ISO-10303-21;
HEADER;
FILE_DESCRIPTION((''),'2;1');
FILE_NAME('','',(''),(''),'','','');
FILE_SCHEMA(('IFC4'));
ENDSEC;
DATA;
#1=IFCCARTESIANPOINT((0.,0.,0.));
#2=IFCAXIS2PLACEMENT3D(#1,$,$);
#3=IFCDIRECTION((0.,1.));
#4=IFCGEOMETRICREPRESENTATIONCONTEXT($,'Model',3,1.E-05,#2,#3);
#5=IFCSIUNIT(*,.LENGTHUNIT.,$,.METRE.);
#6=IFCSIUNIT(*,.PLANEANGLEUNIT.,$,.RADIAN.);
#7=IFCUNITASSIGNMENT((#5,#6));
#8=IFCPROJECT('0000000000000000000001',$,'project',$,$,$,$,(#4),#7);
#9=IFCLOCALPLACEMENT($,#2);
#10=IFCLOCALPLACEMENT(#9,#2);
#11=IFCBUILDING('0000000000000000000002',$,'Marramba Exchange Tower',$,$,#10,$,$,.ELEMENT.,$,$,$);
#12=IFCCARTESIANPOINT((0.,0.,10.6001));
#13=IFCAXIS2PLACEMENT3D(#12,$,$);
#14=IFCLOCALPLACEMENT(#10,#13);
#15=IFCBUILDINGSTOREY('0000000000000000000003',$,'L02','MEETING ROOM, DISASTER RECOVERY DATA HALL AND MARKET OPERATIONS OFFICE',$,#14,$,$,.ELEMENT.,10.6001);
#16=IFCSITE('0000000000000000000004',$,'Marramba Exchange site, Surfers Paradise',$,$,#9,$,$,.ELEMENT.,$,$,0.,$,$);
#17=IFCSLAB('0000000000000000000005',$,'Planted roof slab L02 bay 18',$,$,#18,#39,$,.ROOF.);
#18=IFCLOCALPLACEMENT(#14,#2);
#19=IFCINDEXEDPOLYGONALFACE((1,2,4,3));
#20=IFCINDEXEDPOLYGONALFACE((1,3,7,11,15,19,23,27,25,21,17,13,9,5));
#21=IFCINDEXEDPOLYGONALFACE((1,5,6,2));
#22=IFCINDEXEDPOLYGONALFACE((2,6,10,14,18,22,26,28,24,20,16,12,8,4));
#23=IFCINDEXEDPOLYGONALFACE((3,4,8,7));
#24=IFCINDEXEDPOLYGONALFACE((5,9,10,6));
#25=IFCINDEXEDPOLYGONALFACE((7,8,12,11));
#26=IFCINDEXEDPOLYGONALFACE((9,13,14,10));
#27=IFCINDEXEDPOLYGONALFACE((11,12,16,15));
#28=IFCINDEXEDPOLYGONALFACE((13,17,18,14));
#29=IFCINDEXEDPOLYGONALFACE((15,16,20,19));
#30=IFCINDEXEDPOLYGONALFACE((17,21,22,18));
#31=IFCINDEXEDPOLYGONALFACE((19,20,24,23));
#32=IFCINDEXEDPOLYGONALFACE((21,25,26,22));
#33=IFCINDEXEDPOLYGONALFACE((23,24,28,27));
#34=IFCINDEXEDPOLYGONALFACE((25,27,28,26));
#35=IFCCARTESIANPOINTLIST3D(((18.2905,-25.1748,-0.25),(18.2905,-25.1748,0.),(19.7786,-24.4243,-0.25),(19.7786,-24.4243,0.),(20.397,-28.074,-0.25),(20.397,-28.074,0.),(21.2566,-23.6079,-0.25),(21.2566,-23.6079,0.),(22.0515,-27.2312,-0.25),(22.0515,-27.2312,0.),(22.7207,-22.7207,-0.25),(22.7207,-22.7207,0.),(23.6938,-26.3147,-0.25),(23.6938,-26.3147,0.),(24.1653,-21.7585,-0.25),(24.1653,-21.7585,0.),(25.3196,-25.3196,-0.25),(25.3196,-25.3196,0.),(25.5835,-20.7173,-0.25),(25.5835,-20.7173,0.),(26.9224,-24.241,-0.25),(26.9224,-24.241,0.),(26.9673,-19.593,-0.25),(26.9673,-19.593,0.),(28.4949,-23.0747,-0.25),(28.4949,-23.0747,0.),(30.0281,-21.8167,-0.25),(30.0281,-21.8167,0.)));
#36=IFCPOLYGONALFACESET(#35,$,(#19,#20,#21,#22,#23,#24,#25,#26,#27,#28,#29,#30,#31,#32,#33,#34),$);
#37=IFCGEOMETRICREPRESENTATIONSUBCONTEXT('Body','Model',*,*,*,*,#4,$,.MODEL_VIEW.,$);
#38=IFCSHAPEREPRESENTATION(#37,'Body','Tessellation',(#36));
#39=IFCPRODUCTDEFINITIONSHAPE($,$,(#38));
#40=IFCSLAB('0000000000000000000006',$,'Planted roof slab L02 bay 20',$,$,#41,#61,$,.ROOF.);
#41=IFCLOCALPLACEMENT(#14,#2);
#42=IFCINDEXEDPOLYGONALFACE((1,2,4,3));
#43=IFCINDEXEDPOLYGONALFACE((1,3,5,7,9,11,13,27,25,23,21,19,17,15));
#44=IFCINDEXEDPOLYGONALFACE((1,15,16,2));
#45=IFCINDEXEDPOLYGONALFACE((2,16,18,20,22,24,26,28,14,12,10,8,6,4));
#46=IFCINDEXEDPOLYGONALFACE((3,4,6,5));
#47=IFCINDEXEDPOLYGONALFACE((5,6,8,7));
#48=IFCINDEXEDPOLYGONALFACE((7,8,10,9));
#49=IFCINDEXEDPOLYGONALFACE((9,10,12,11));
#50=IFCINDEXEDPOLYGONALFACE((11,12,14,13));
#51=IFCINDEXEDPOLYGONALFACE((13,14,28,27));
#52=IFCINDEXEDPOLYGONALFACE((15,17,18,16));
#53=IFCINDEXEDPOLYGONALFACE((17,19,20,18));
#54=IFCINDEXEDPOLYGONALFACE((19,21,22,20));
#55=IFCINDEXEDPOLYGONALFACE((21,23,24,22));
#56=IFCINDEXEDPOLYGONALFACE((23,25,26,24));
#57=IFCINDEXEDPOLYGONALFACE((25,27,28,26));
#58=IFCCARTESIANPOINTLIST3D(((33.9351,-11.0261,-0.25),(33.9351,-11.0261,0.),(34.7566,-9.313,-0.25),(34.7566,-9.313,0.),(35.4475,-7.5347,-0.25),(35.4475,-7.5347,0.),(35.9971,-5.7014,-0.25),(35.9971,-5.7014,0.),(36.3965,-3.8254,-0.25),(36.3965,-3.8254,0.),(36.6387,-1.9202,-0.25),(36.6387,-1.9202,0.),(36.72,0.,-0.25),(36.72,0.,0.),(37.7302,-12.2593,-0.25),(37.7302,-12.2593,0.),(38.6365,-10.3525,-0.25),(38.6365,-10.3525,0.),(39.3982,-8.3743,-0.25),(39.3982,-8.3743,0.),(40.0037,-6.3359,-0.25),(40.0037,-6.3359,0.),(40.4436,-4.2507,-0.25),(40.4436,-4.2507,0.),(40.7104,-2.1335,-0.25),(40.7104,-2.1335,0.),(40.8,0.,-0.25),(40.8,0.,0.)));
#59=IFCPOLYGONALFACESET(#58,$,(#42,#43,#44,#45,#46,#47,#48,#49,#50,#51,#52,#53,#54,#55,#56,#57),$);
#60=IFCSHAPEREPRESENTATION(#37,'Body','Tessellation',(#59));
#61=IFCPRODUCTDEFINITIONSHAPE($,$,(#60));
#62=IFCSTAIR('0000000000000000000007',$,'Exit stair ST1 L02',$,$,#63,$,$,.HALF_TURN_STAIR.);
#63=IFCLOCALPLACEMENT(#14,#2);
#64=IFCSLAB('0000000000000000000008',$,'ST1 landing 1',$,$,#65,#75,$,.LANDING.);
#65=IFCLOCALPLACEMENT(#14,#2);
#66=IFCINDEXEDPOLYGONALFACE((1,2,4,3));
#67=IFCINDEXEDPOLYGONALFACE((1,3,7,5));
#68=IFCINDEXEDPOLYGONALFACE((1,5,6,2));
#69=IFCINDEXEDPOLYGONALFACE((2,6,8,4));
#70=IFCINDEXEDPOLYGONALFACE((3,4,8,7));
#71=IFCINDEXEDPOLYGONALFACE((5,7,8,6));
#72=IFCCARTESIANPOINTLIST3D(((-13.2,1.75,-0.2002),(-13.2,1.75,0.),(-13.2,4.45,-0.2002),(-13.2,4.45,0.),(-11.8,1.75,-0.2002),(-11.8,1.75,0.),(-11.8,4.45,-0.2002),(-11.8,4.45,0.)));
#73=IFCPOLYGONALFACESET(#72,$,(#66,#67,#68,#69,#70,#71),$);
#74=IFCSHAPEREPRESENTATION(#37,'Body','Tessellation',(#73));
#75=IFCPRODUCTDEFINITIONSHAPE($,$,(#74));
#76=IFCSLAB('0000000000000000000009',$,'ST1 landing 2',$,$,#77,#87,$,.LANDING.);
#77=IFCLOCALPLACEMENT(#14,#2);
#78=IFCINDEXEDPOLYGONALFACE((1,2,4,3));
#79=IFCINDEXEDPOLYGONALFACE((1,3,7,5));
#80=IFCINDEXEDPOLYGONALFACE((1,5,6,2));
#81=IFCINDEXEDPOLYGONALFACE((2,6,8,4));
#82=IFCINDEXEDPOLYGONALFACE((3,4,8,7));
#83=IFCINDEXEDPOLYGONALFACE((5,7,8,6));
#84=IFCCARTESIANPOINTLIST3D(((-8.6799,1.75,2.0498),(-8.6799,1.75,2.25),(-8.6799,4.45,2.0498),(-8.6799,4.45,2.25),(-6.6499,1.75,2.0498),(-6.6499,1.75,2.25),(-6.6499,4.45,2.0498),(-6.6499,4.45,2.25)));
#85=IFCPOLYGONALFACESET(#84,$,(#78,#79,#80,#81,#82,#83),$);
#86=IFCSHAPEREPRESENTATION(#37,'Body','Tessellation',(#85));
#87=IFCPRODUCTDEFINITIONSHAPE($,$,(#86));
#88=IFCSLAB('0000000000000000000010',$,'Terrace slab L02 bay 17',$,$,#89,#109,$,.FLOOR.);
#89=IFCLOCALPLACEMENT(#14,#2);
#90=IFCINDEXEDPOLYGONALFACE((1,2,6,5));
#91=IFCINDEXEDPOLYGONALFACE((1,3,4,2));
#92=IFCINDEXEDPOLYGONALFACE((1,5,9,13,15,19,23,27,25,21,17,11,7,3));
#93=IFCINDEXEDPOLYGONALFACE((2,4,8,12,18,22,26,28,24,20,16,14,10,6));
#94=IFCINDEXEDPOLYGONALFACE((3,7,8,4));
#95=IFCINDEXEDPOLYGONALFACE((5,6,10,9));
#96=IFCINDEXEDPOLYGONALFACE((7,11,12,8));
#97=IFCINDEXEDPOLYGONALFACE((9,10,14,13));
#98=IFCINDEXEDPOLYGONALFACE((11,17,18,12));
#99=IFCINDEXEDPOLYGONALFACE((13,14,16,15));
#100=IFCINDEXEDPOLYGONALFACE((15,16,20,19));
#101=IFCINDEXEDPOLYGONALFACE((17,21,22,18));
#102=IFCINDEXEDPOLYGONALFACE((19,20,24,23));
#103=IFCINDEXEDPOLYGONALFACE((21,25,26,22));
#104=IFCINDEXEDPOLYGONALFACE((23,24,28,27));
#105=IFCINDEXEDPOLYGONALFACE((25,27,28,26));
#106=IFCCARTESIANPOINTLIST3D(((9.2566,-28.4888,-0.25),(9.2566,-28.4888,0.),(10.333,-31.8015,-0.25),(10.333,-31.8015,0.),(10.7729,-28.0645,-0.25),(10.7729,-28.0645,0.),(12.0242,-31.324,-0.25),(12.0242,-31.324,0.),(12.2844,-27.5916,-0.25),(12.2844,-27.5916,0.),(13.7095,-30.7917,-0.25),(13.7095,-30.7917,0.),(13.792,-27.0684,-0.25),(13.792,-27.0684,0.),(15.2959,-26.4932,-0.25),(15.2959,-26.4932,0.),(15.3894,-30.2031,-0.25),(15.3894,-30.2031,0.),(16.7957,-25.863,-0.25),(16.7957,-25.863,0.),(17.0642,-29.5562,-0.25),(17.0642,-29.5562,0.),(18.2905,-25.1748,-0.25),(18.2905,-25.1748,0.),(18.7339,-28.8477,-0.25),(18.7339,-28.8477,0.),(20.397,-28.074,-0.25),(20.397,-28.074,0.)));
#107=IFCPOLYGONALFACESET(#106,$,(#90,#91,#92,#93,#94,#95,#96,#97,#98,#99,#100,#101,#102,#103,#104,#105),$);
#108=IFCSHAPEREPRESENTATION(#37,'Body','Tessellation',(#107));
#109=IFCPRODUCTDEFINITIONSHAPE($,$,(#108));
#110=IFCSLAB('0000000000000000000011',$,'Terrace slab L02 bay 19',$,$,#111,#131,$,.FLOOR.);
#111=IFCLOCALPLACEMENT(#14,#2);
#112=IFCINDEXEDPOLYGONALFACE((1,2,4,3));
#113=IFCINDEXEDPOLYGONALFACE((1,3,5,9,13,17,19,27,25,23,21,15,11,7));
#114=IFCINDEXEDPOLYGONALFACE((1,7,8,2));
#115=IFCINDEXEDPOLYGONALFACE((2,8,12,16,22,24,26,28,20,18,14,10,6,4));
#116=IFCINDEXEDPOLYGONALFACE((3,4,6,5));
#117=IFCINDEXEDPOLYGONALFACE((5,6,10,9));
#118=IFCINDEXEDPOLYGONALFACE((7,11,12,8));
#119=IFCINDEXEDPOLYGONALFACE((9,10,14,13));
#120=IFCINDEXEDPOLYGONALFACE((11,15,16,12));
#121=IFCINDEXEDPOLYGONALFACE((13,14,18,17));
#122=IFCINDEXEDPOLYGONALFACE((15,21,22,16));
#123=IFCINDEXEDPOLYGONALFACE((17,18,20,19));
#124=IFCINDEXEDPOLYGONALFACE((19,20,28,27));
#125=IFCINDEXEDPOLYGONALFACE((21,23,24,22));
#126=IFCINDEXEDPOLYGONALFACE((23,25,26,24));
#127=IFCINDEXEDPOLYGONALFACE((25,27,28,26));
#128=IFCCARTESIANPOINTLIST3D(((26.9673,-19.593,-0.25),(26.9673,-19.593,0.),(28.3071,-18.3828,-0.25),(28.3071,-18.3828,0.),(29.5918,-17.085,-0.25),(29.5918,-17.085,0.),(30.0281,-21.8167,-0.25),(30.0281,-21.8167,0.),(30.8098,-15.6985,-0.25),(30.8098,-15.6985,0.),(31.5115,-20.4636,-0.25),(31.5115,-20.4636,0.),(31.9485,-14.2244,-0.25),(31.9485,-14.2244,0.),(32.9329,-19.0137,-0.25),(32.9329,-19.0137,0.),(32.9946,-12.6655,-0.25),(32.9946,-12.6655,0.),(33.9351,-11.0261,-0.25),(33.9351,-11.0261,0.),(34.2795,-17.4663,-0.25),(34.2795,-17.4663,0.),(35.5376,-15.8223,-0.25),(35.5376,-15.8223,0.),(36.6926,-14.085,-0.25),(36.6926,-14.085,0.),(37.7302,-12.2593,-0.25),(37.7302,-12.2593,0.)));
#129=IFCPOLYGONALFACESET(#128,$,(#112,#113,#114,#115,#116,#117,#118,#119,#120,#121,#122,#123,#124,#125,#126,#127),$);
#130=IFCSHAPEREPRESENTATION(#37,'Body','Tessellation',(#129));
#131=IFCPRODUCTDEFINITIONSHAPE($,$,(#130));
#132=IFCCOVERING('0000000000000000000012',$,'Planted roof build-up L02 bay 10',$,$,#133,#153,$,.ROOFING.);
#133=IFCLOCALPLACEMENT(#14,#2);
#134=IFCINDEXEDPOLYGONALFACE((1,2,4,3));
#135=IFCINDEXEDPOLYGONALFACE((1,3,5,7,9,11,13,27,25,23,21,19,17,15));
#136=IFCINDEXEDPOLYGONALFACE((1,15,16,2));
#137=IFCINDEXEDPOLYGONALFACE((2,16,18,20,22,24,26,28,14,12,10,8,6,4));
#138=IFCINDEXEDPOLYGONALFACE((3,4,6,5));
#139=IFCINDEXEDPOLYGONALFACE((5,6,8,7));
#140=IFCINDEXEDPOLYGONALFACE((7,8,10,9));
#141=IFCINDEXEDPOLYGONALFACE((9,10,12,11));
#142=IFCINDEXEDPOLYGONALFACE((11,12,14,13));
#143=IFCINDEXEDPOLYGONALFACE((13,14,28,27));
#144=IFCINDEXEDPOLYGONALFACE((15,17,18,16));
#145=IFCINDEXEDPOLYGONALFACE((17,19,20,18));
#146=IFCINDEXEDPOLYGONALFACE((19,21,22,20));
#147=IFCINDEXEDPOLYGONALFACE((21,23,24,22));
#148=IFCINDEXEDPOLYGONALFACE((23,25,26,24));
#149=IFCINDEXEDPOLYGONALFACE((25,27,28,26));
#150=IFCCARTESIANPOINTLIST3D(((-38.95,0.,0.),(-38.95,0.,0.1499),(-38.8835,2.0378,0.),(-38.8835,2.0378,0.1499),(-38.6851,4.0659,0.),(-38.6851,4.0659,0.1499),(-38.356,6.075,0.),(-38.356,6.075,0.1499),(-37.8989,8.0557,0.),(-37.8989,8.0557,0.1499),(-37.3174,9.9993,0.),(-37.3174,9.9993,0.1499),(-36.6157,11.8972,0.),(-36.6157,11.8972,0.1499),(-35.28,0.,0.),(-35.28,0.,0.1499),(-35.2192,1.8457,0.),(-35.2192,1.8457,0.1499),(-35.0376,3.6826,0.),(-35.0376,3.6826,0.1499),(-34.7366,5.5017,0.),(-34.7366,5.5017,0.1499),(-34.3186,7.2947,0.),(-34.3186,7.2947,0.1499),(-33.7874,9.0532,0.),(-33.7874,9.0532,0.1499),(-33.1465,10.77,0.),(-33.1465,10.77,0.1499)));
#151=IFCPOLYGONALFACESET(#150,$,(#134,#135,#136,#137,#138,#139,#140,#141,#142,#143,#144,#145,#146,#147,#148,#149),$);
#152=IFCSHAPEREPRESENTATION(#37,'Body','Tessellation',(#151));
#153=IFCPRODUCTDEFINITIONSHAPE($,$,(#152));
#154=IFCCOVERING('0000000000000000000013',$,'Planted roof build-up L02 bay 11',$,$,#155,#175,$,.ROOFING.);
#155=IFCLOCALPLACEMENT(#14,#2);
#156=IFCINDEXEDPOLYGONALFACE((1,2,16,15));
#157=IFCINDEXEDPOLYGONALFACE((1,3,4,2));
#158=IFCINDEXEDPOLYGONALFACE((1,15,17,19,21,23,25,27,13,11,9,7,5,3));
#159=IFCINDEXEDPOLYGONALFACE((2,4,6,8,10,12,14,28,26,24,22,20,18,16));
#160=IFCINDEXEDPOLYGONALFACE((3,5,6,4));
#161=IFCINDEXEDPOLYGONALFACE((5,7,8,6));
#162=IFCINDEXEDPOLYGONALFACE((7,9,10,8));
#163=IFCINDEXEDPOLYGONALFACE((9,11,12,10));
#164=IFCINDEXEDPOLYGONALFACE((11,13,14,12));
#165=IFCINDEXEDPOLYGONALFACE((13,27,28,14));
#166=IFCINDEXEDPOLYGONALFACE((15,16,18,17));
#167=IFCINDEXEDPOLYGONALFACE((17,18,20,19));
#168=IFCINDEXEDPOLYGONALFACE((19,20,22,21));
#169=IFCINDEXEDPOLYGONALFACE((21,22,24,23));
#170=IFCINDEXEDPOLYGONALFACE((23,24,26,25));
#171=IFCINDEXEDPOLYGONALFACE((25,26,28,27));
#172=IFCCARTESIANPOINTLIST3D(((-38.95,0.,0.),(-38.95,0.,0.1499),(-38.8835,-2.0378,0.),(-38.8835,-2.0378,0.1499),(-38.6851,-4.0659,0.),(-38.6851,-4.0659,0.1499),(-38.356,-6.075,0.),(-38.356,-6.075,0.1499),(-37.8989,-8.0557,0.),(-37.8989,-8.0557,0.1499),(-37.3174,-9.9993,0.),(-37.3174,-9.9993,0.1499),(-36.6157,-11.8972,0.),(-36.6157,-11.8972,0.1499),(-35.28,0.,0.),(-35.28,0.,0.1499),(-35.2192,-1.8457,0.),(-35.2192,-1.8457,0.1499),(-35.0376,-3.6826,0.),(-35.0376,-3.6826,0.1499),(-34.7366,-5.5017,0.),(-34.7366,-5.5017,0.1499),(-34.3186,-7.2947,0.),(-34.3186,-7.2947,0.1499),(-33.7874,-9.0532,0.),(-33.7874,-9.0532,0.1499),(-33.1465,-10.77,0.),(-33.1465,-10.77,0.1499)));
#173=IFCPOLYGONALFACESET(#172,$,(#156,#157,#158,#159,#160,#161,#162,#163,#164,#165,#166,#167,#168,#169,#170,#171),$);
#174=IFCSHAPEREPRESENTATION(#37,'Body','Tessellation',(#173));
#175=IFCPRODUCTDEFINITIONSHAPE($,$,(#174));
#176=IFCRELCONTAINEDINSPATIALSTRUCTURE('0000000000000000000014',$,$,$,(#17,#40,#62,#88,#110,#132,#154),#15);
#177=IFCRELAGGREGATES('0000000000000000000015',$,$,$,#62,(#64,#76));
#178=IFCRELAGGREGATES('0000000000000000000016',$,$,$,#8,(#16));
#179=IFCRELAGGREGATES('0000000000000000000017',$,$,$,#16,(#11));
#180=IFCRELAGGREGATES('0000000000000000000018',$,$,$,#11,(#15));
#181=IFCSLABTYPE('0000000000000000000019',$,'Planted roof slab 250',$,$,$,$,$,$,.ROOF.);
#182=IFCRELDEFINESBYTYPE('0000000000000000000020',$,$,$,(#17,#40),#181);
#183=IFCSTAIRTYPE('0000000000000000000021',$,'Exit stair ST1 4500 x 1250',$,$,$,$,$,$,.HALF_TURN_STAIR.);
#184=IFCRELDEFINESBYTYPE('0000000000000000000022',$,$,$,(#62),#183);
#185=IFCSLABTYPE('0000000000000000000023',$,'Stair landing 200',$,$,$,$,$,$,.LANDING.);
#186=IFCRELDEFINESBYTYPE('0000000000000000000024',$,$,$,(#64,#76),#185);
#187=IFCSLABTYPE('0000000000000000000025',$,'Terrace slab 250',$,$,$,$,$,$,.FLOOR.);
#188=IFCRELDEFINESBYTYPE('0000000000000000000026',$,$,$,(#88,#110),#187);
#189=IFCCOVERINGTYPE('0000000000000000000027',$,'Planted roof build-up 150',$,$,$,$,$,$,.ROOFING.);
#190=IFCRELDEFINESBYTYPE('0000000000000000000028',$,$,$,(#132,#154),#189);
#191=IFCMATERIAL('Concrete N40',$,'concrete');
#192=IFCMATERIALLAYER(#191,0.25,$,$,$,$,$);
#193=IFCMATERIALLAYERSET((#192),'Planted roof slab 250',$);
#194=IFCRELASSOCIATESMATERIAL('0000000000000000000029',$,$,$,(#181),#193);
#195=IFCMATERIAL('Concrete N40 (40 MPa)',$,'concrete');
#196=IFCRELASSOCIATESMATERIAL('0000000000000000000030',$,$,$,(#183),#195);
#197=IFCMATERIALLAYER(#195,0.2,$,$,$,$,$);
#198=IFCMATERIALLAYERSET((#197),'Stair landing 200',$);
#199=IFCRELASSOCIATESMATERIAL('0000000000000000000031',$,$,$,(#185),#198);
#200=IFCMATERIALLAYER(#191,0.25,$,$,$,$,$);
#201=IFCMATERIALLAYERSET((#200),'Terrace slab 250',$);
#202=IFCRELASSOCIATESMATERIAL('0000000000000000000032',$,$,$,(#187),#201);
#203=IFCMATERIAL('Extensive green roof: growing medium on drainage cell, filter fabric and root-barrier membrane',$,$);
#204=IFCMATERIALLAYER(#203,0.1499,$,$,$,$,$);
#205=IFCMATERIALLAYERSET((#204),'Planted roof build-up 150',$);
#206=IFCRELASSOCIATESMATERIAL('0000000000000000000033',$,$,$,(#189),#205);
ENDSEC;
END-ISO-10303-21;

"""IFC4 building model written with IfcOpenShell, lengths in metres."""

from ifc_helpers import new_model, si_unit, direction, frame, origin, place, context, subcontext, project, spatial, polyline, outline, extrude, material, layer, layer_set, type_object, element, aggregate, save


model = new_model("IFC4")

# Units and contexts
model_context = context("Model", 3, precision=1e-05, world=origin(), true_north=direction((0.0, 1.0)))
body_context = subcontext(model_context, "Body", "Model", "MODEL_VIEW")
ifc_project = project(units=[si_unit("LENGTHUNIT", "METRE"), si_unit("PLANEANGLEUNIT", "RADIAN")], contexts=[model_context])

# Site, building, storey
site_placement = place(None, origin())
site = spatial("IfcSite", under=ifc_project, at=site_placement, Name="Marramba Exchange site, Surfers Paradise", CompositionType="ELEMENT", RefElevation=0.0)
building_placement = place(site_placement, origin())
building = spatial("IfcBuilding", under=site, at=building_placement, Name="Marramba Exchange Tower", CompositionType="ELEMENT")
storey_placement = place(building_placement, frame((0.0, 0.0, 10.6001)))
storey = spatial("IfcBuildingStorey", under=building, at=storey_placement, Name="L02", Description="MEETING ROOM, DISASTER RECOVERY DATA HALL AND MARKET OPERATIONS OFFICE", CompositionType="ELEMENT", Elevation=10.6001)

# Slabs
ifc_material_1 = material(Name="Concrete N40", Category="concrete")
ifc_layer_1 = layer(ifc_material_1, 0.25)
ifc_layer_set_1 = layer_set([ifc_layer_1], Name="Planted roof slab 250")
slab_type_1 = type_object("IfcSlabType", Name="Planted roof slab 250", PredefinedType="ROOF", material=ifc_layer_set_1)
slab_1_placement = place(storey_placement, frame((0.0, 0.0, -0.25)))
element("IfcSlab", 1, at=slab_1_placement, inside=storey, type_object=slab_type_1, Name="Planted roof slab L02 bay 18", PredefinedType="ROOF", context=body_context, shape_type="SweptSolid", body=[
    extrude(outline(polyline([(30.0281, -21.8167), (28.4949, -23.0747), (26.9224, -24.241), (25.3196, -25.3196), (23.6938, -26.3147), (22.0515, -27.2312), (20.397, -28.074), (18.2905, -25.1748), (19.7786, -24.4243), (21.2566, -23.6079), (22.7207, -22.7207), (24.1653, -21.7585), (25.5835, -20.7173), (26.9673, -19.593), (30.0281, -21.8167)])), origin(), (0.0, 0.0, 1.0), 0.25),
])
slab_2_placement = place(storey_placement, frame((0.0, 0.0, -0.25)))
element("IfcSlab", 2, at=slab_2_placement, inside=storey, type_object=slab_type_1, Name="Planted roof slab L02 bay 20", PredefinedType="ROOF", context=body_context, shape_type="SweptSolid", body=[
    extrude(outline(polyline([(40.7104, -2.1335), (40.4436, -4.2507), (40.0037, -6.3359), (39.3982, -8.3743), (38.6365, -10.3525), (37.7302, -12.2593), (33.9351, -11.0261), (34.7566, -9.313), (35.4475, -7.5347), (35.9971, -5.7014), (36.3965, -3.8254), (36.6387, -1.9202), (36.72, 0.0), (40.8, 0.0), (40.7104, -2.1335)])), origin(), (0.0, 0.0, 1.0), 0.25),
])

# Stair, slabs
ifc_material_2 = material(Name="Concrete N40 (40 MPa)", Category="concrete")
stair_type = type_object("IfcStairType", Name="Exit stair ST1 4500 x 1250", PredefinedType="HALF_TURN_STAIR", material=ifc_material_2)
stair_placement = place(storey_placement, origin())
stair = element("IfcStair", 3, at=stair_placement, inside=storey, type_object=stair_type, Name="Exit stair ST1 L02", PredefinedType="HALF_TURN_STAIR")
ifc_layer_2 = layer(ifc_material_2, 0.2)
ifc_layer_set_2 = layer_set([ifc_layer_2], Name="Stair landing 200")
slab_type_2 = type_object("IfcSlabType", Name="Stair landing 200", PredefinedType="LANDING", material=ifc_layer_set_2)
slab_3_placement = place(storey_placement, frame((0.0, 0.0, -0.2002)))
slab_3 = element("IfcSlab", 4, at=slab_3_placement, type_object=slab_type_2, Name="ST1 landing 1", PredefinedType="LANDING", context=body_context, shape_type="SweptSolid", body=[
    extrude(outline(polyline([(-13.2, 1.75), (-11.8, 1.75), (-11.8, 4.45), (-13.2, 4.45), (-13.2, 1.75)])), origin(), (0.0, 0.0, 1.0), 0.2002),
])
slab_4_placement = place(storey_placement, frame((0.0, 0.0, 2.0498)))
slab_4 = element("IfcSlab", 5, at=slab_4_placement, type_object=slab_type_2, Name="ST1 landing 2", PredefinedType="LANDING", context=body_context, shape_type="SweptSolid", body=[
    extrude(outline(polyline([(-8.6799, 1.75), (-6.6499, 1.75), (-6.6499, 4.45), (-8.6799, 4.45), (-8.6799, 1.75)])), origin(), (0.0, 0.0, 1.0), 0.2002),
])
aggregate(stair, [slab_3, slab_4])

# Slabs
ifc_layer_3 = layer(ifc_material_1, 0.25)
ifc_layer_set_3 = layer_set([ifc_layer_3], Name="Terrace slab 250")
slab_type_3 = type_object("IfcSlabType", Name="Terrace slab 250", PredefinedType="FLOOR", material=ifc_layer_set_3)
slab_5_placement = place(storey_placement, frame((0.0, 0.0, -0.25)))
element("IfcSlab", 6, at=slab_5_placement, inside=storey, type_object=slab_type_3, Name="Terrace slab L02 bay 17", PredefinedType="FLOOR", context=body_context, shape_type="SweptSolid", body=[
    extrude(outline(polyline([(20.397, -28.074), (18.7339, -28.8477), (17.0642, -29.5562), (15.3894, -30.2031), (13.7095, -30.7917), (12.0242, -31.324), (10.333, -31.8015), (9.2566, -28.4888), (10.7729, -28.0645), (12.2844, -27.5916), (13.792, -27.0684), (15.2959, -26.4932), (16.7957, -25.863), (18.2905, -25.1748), (20.397, -28.074)])), origin(), (0.0, 0.0, 1.0), 0.25),
])
slab_6_placement = place(storey_placement, frame((0.0, 0.0, -0.25)))
element("IfcSlab", 7, at=slab_6_placement, inside=storey, type_object=slab_type_3, Name="Terrace slab L02 bay 19", PredefinedType="FLOOR", context=body_context, shape_type="SweptSolid", body=[
    extrude(outline(polyline([(37.7302, -12.2593), (36.6926, -14.085), (35.5376, -15.8223), (34.2795, -17.4663), (32.9329, -19.0137), (31.5115, -20.4636), (30.0281, -21.8167), (26.9673, -19.593), (28.3071, -18.3828), (29.5918, -17.085), (30.8098, -15.6985), (31.9485, -14.2244), (32.9946, -12.6655), (33.9351, -11.0261), (37.7302, -12.2593)])), origin(), (0.0, 0.0, 1.0), 0.25),
])

# Coverings
ifc_material_3 = material(Name="Extensive green roof: growing medium on drainage cell, filter fabric and root-barrier membrane")
ifc_layer_4 = layer(ifc_material_3, 0.1499)
ifc_layer_set_4 = layer_set([ifc_layer_4], Name="Planted roof build-up 150")
covering_type = type_object("IfcCoveringType", Name="Planted roof build-up 150", PredefinedType="ROOFING", material=ifc_layer_set_4)
covering_1_placement = place(storey_placement, origin())
element("IfcCovering", 8, at=covering_1_placement, inside=storey, type_object=covering_type, Name="Planted roof build-up L02 bay 10", PredefinedType="ROOFING", context=body_context, shape_type="SweptSolid", body=[
    extrude(outline(polyline([(-33.1465, 10.77), (-33.7874, 9.0532), (-34.3186, 7.2947), (-34.7366, 5.5017), (-35.0376, 3.6826), (-35.2192, 1.8457), (-35.28, 0.0), (-38.95, 0.0), (-38.8835, 2.0378), (-38.6851, 4.0659), (-38.356, 6.075), (-37.8989, 8.0557), (-37.3174, 9.9993), (-36.6157, 11.8972), (-33.1465, 10.77)])), origin(), (0.0, 0.0, 1.0), 0.1499),
])
covering_2_placement = place(storey_placement, origin())
element("IfcCovering", 9, at=covering_2_placement, inside=storey, type_object=covering_type, Name="Planted roof build-up L02 bay 11", PredefinedType="ROOFING", context=body_context, shape_type="SweptSolid", body=[
    extrude(outline(polyline([(-35.28, 0.0), (-35.2192, -1.8457), (-35.0376, -3.6826), (-34.7366, -5.5017), (-34.3186, -7.2947), (-33.7874, -9.0532), (-33.1465, -10.77), (-36.6157, -11.8972), (-37.3174, -9.9993), (-37.8989, -8.0557), (-38.356, -6.075), (-38.6851, -4.0659), (-38.8835, -2.0378), (-38.95, 0.0), (-35.28, 0.0)])), origin(), (0.0, 0.0, 1.0), 0.1499),
])

save(model, "model.ifc")
